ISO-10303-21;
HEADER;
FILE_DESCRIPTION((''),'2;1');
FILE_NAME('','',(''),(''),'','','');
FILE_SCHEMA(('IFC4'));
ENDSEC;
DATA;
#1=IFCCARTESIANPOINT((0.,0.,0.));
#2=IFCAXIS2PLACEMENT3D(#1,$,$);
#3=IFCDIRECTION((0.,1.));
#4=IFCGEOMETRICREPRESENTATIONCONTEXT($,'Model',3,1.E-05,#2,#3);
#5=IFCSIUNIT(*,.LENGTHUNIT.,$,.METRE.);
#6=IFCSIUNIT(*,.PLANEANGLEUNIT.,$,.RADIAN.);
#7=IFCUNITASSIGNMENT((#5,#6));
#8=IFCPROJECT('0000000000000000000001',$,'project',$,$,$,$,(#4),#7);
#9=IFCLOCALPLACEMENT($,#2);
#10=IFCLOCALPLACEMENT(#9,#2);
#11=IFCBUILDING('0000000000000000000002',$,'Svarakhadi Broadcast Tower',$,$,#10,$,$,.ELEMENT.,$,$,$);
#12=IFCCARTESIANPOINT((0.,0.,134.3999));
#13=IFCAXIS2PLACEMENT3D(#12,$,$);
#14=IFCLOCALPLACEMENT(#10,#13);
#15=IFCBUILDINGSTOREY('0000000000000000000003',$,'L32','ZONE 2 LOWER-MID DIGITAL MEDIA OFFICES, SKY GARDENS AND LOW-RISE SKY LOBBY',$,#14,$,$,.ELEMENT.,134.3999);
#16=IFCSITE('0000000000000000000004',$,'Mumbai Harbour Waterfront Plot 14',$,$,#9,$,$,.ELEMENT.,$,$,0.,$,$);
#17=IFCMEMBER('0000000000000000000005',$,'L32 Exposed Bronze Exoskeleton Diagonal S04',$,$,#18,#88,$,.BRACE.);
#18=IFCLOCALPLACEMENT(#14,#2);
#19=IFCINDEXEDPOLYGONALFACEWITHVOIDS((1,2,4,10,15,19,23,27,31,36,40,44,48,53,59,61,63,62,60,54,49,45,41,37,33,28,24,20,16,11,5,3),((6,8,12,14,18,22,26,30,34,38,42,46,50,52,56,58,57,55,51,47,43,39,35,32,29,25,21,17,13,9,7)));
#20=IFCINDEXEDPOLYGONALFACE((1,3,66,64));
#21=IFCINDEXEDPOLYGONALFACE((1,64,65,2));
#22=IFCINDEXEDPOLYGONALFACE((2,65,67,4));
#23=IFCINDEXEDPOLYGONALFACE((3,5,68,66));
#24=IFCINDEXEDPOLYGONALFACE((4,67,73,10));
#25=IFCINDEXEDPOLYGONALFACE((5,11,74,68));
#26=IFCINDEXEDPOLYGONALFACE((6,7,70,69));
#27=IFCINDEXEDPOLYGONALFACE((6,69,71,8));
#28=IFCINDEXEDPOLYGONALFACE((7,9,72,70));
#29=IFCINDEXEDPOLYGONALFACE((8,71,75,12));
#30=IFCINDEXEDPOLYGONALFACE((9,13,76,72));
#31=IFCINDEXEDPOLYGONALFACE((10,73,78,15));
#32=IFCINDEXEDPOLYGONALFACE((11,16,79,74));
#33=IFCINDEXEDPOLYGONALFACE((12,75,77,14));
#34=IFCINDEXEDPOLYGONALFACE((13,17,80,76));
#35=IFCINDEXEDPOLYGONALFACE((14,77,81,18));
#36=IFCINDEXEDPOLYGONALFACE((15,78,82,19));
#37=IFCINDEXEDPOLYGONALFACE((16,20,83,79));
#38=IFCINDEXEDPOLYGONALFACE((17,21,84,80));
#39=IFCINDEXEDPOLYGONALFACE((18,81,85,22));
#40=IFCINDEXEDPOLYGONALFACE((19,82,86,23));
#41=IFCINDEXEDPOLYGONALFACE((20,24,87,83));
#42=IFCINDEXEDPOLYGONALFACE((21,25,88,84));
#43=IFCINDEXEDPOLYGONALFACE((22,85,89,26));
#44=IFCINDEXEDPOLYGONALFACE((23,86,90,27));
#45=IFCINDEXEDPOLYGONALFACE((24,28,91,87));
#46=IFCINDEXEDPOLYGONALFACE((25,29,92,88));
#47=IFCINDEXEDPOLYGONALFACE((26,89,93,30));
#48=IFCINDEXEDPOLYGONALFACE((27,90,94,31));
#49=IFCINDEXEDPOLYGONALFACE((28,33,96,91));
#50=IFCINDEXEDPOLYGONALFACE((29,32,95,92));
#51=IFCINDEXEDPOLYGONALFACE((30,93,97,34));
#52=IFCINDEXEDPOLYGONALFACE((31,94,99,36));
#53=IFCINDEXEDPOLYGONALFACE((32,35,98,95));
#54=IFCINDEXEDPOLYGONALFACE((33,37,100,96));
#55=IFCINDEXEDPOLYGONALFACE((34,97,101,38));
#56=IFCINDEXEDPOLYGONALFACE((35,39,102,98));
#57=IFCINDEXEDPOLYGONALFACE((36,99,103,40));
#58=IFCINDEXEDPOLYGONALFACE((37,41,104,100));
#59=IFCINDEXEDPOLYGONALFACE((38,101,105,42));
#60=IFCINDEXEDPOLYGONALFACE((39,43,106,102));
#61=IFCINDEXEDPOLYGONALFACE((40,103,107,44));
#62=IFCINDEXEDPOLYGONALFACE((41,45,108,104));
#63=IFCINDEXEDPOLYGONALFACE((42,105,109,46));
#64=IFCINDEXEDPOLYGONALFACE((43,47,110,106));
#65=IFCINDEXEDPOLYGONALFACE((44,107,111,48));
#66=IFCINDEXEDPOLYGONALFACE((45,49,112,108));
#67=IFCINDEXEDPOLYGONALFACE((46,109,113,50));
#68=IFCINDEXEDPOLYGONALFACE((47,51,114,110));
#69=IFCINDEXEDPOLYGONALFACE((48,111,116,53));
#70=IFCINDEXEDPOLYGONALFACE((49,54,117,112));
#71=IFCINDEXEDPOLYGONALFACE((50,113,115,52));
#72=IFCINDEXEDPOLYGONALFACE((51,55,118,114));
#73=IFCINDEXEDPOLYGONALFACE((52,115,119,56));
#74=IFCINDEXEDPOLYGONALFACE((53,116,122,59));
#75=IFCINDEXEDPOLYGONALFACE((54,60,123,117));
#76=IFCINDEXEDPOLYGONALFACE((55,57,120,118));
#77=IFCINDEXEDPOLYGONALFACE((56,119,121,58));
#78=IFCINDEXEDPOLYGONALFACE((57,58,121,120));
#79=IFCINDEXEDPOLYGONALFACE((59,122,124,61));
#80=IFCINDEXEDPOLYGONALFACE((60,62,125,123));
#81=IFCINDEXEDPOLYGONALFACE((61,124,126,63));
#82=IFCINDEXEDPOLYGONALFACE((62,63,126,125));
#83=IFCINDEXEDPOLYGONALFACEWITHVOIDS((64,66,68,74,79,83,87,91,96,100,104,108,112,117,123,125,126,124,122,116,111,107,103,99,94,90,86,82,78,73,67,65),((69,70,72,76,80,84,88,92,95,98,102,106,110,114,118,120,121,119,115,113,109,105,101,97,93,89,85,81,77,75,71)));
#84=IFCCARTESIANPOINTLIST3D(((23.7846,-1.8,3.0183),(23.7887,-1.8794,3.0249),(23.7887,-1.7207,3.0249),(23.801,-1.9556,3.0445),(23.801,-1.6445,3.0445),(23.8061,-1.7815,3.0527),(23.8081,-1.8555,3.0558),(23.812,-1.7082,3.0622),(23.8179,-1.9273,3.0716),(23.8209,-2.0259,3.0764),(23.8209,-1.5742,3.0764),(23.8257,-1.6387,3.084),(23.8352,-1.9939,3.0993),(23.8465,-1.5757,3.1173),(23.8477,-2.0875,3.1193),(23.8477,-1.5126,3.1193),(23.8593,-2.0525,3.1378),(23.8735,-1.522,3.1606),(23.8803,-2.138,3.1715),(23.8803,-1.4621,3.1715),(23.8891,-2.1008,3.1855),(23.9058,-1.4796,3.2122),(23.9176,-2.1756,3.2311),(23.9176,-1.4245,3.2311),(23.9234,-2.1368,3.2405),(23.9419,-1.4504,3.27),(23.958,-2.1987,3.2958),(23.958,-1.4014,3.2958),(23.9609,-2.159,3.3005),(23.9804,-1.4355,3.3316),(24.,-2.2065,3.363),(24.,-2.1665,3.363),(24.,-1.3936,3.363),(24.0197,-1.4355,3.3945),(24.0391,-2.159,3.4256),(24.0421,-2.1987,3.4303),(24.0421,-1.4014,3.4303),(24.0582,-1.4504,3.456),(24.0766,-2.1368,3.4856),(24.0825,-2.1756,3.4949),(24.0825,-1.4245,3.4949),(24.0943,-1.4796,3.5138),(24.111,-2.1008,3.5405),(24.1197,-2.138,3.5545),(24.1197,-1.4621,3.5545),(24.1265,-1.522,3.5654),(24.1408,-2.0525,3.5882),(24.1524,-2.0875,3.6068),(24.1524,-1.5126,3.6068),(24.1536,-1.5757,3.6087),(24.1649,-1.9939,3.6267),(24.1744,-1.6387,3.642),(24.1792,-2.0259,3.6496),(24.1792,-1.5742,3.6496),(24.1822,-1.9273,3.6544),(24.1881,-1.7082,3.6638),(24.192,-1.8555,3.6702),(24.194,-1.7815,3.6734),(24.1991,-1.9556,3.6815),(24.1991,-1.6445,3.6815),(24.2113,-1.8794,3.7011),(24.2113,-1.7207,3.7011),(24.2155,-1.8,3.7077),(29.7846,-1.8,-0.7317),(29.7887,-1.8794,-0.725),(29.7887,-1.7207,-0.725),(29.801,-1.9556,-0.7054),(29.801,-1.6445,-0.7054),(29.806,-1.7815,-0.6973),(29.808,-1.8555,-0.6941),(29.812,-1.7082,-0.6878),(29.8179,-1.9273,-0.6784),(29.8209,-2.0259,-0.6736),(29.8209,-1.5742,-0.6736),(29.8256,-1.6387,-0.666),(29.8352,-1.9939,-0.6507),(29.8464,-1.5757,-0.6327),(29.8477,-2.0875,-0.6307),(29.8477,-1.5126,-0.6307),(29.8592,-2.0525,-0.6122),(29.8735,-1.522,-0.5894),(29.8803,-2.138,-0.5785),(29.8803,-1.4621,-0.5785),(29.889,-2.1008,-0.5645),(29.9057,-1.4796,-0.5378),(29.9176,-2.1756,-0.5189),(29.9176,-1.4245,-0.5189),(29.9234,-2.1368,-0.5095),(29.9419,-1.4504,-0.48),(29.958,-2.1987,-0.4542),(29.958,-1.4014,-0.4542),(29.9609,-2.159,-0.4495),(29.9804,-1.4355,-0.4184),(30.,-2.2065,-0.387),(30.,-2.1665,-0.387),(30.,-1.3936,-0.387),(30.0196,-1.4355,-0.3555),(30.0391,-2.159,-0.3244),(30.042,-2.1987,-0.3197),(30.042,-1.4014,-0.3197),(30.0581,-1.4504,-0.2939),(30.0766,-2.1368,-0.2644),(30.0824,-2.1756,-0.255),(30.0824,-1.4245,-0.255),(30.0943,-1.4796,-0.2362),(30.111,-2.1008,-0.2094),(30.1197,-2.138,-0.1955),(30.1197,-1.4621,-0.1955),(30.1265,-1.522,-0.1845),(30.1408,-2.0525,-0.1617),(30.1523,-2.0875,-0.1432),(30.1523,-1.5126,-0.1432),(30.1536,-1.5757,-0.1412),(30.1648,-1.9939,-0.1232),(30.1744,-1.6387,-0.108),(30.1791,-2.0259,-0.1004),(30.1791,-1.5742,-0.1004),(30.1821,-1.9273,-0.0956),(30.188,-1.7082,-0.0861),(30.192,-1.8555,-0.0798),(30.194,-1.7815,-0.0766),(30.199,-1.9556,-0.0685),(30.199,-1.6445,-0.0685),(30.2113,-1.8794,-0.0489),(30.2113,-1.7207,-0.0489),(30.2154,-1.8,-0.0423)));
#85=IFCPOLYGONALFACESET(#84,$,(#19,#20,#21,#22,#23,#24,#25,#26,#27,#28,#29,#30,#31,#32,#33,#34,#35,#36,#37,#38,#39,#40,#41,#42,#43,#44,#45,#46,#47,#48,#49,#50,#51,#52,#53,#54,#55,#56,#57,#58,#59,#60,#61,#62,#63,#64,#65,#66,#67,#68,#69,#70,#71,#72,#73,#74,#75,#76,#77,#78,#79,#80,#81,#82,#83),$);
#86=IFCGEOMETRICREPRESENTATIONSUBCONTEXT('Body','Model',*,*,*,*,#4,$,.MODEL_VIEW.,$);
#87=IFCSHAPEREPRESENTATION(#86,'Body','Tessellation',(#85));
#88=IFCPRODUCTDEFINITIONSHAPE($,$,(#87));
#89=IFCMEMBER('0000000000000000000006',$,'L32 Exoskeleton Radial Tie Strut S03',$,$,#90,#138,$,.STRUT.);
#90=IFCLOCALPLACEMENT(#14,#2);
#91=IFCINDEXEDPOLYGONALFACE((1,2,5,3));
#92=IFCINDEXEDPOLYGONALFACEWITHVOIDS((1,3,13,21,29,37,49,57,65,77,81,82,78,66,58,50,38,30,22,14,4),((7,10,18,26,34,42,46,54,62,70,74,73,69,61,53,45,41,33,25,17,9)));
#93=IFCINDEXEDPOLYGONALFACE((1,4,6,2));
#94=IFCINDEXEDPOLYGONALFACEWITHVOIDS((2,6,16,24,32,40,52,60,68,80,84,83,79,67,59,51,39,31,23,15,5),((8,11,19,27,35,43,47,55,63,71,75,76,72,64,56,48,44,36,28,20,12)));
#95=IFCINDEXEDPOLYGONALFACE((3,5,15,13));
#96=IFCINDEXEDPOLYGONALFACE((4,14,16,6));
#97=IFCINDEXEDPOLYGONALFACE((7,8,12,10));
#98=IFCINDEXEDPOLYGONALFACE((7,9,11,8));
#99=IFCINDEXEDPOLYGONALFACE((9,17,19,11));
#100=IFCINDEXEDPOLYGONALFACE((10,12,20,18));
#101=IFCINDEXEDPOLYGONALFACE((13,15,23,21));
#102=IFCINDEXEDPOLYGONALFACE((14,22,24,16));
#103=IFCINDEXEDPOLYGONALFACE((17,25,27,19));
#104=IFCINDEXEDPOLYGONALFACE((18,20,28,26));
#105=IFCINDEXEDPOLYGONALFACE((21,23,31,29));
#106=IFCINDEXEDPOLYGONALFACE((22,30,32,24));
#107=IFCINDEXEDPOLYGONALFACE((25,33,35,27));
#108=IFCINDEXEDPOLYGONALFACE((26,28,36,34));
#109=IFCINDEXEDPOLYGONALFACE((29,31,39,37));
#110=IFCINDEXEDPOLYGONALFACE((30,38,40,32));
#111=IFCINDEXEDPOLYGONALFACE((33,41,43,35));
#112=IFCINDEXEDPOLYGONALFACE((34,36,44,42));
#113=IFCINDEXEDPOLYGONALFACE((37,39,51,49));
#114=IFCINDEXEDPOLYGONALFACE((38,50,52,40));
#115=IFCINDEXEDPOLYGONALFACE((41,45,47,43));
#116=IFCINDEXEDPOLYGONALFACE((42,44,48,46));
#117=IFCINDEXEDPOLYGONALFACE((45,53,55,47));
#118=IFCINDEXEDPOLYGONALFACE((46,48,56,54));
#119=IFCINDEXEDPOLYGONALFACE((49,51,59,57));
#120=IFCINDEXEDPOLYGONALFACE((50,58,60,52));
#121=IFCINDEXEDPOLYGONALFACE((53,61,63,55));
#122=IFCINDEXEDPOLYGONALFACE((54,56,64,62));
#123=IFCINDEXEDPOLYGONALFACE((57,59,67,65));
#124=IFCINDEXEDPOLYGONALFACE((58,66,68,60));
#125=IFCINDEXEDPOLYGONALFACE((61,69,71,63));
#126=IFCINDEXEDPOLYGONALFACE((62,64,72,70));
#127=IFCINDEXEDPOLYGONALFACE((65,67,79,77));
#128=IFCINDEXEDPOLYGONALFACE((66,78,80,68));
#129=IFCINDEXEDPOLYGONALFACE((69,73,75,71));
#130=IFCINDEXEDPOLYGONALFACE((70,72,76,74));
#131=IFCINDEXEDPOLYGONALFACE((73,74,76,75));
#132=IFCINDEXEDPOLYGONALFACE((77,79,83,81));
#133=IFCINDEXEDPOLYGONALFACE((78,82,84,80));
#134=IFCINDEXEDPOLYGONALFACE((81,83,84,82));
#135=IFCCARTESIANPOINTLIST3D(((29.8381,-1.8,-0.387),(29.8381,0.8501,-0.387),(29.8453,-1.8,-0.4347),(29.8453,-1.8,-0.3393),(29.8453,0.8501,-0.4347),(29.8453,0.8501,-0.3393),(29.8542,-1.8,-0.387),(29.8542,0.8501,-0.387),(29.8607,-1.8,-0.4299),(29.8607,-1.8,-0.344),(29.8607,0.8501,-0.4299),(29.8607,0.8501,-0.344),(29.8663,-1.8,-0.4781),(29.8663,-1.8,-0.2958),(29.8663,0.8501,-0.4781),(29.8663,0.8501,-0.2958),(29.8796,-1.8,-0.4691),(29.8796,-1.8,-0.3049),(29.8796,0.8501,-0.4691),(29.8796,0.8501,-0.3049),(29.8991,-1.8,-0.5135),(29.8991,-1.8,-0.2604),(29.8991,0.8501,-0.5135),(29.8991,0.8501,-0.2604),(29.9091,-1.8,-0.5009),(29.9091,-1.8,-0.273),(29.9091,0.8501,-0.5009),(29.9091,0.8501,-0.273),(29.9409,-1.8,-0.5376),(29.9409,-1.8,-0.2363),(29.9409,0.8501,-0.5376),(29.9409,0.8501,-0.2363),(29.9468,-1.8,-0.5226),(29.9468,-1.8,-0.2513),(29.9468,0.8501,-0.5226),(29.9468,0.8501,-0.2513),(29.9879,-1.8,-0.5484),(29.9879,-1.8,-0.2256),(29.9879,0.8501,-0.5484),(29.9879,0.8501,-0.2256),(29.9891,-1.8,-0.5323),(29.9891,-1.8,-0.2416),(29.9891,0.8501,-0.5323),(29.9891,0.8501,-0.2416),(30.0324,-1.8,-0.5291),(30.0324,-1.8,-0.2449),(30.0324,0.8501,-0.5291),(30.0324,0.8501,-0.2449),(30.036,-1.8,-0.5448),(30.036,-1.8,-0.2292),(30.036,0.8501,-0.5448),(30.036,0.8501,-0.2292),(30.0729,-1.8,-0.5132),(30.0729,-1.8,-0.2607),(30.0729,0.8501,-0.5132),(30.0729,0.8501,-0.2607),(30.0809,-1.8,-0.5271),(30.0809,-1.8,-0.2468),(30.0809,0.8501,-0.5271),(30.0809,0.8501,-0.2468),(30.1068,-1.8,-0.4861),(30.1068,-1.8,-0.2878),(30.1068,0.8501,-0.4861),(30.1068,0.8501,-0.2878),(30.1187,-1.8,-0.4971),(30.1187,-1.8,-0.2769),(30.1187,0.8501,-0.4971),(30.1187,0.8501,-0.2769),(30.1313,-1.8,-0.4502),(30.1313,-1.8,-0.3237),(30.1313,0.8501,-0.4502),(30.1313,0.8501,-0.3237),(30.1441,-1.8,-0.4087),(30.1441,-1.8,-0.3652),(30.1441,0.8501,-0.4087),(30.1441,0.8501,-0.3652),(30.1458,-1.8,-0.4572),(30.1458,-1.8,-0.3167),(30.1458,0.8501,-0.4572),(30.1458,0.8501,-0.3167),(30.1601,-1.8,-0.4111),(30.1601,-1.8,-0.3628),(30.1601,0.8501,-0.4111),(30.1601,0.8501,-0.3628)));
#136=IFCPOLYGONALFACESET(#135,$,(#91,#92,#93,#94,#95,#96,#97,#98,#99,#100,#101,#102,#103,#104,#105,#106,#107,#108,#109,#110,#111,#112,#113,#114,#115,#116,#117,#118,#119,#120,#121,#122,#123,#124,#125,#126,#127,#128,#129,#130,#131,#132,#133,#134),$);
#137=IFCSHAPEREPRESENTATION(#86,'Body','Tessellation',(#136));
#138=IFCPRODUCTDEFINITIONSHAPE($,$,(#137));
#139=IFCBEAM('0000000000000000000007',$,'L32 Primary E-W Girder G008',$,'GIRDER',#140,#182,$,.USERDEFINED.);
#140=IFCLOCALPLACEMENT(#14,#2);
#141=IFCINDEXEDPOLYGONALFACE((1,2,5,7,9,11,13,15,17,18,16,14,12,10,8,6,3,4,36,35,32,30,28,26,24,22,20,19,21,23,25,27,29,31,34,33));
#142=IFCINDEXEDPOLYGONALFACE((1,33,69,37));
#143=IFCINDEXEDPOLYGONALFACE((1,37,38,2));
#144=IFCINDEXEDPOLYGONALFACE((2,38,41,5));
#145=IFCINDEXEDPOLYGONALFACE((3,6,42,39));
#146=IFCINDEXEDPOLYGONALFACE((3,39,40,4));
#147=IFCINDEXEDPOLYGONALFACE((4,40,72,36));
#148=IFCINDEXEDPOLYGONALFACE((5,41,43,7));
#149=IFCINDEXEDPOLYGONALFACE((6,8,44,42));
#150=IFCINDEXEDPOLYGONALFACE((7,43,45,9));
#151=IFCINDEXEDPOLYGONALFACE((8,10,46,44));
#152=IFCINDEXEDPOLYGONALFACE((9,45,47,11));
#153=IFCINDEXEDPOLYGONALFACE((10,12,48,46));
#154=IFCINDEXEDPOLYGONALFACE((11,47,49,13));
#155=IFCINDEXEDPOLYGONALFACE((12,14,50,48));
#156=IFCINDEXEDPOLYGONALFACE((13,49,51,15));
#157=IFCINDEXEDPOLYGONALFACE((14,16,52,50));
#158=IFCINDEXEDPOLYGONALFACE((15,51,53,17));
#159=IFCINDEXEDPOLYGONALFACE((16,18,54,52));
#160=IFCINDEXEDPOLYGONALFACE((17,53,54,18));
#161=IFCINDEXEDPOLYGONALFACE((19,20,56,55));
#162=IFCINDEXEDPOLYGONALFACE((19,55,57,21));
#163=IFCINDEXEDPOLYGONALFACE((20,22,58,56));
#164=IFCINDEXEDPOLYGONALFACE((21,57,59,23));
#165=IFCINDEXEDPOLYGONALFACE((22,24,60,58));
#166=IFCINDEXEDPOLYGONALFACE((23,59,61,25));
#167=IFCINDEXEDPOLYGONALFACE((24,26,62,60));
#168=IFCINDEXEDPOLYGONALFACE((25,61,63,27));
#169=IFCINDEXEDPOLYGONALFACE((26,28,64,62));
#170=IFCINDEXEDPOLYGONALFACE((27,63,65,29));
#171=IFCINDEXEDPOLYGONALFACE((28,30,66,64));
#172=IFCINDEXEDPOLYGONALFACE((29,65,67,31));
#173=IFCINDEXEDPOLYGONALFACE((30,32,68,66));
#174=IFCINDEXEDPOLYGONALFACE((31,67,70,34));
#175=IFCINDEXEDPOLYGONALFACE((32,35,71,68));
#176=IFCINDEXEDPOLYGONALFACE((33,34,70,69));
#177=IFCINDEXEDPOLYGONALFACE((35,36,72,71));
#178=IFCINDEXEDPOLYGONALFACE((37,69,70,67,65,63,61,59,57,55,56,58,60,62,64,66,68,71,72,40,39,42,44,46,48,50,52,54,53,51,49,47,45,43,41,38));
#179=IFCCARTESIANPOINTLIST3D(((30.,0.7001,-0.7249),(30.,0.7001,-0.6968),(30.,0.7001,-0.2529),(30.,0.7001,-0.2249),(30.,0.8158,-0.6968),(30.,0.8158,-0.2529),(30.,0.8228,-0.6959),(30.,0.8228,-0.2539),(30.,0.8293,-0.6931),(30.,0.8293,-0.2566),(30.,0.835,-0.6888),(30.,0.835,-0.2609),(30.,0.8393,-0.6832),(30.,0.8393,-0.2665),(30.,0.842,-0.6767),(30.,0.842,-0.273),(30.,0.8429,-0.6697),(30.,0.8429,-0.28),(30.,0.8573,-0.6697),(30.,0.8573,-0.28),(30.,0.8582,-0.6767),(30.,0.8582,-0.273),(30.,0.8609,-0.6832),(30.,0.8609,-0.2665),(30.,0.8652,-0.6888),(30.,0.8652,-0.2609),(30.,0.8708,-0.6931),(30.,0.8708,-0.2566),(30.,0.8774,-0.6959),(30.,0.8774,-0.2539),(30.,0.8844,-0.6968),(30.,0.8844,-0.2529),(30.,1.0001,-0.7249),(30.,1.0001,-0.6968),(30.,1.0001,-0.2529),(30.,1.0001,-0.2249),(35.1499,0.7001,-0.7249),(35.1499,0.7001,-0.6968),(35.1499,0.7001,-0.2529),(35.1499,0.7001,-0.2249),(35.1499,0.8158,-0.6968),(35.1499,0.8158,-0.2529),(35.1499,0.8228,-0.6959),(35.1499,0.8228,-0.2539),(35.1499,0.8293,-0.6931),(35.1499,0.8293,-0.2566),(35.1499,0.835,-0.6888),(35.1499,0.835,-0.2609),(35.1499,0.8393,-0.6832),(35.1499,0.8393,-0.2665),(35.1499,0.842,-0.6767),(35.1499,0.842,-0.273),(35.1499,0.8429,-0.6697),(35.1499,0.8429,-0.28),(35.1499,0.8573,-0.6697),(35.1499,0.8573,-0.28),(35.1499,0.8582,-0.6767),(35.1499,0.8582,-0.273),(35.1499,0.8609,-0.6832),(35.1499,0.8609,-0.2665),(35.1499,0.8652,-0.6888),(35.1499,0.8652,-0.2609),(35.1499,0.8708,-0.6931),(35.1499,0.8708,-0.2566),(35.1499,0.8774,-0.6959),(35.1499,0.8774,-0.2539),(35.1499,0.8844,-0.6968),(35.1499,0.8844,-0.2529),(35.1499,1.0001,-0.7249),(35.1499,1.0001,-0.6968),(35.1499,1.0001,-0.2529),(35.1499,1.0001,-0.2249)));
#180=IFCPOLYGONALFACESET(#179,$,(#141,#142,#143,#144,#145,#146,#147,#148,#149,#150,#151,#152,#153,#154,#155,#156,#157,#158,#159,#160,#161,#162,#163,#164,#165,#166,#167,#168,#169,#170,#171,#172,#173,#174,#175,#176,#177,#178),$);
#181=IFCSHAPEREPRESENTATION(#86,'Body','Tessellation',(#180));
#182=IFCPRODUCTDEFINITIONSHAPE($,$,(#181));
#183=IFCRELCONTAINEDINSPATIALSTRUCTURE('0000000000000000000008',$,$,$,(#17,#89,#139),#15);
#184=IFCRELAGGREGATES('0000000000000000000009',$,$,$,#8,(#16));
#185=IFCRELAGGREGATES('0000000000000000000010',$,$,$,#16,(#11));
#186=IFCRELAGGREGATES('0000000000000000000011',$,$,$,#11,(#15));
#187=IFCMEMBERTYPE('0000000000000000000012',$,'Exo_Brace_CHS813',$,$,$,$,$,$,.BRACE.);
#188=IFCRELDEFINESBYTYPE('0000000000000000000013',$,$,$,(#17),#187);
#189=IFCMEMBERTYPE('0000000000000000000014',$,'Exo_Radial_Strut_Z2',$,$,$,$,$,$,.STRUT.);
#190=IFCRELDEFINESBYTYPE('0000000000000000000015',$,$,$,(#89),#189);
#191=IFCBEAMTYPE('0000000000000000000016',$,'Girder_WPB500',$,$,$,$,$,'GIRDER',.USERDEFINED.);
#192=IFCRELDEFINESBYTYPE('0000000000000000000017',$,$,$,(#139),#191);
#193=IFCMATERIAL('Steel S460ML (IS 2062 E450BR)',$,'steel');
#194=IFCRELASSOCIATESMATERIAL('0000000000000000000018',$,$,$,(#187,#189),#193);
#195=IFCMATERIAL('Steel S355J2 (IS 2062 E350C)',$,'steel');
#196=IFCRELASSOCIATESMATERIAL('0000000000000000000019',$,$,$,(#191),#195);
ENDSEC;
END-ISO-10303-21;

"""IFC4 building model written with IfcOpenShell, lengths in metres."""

from ifc_helpers import new_model, si_unit, direction, frame, origin, origin_2d, place, context, subcontext, project, spatial, hollow_circle, i_section, extrude, material, material_profile, profile_set, type_object, element, save


model = new_model("IFC4")

# Units and contexts
model_context = context("Model", 3, precision=1e-05, world=origin(), true_north=direction((0.0, 1.0)))
body_context = subcontext(model_context, "Body", "Model", "MODEL_VIEW")
ifc_project = project(units=[si_unit("LENGTHUNIT", "METRE"), si_unit("PLANEANGLEUNIT", "RADIAN")], contexts=[model_context])

# Site, building, storey
site_placement = place(None, origin())
site = spatial("IfcSite", under=ifc_project, at=site_placement, Name="Mumbai Harbour Waterfront Plot 14", CompositionType="ELEMENT", RefElevation=0.0)
building_placement = place(site_placement, origin())
building = spatial("IfcBuilding", under=site, at=building_placement, Name="Svarakhadi Broadcast Tower", CompositionType="ELEMENT")
storey_placement = place(building_placement, frame((0.0, 0.0, 134.3999)))
storey = spatial("IfcBuildingStorey", under=building, at=storey_placement, Name="L32", Description="ZONE 2 LOWER-MID DIGITAL MEDIA OFFICES, SKY GARDENS AND LOW-RISE SKY LOBBY", CompositionType="ELEMENT", Elevation=134.3999)

# Members
ifc_material_1 = material(Name="Steel S460ML (IS 2062 E450BR)", Category="steel")
ifc_material_profile_1 = material_profile(ifc_material_1, hollow_circle(Radius=0.4065, WallThickness=0.04, at=origin_2d()), Name="CHS 813x40")
ifc_profile_set_1 = profile_set([ifc_material_profile_1], Name="Steel S460ML (IS 2062 E450BR)")
member_type_1 = type_object("IfcMemberType", Name="Exo_Brace_CHS813", PredefinedType="BRACE", material=ifc_profile_set_1)
member_1_placement = place(storey_placement, frame((30.0, -1.8, -0.387), z_axis=(-0.847998, 0.0, 0.529999), x_axis=(0.0, -1.0, 0.0)))
element("IfcMember", 1, at=member_1_placement, inside=storey, type_object=member_type_1, Name="L32 Exposed Bronze Exoskeleton Diagonal S04", PredefinedType="BRACE", context=body_context, shape_type="SweptSolid", body=[
    extrude(hollow_circle(Radius=0.4065, WallThickness=0.04, at=origin_2d()), origin(), (0.0, 0.0, 1.0), 7.0754),
])
ifc_material_profile_2 = material_profile(ifc_material_1, hollow_circle(Radius=0.1619, WallThickness=0.0161, at=origin_2d()), Name="CHS 323.9x16")
ifc_profile_set_2 = profile_set([ifc_material_profile_2], Name="Steel S460ML (IS 2062 E450BR)")
member_type_2 = type_object("IfcMemberType", Name="Exo_Radial_Strut_Z2", PredefinedType="STRUT", material=ifc_profile_set_2)
member_2_placement = place(storey_placement, frame((30.0, -1.8, -0.387), z_axis=(0.0, 1.0, 0.0), x_axis=(-1.0, 0.0, 0.0)))
element("IfcMember", 2, at=member_2_placement, inside=storey, type_object=member_type_2, Name="L32 Exoskeleton Radial Tie Strut S03", PredefinedType="STRUT", context=body_context, shape_type="SweptSolid", body=[
    extrude(hollow_circle(Radius=0.1619, WallThickness=0.0161, at=origin_2d()), origin(), (0.0, 0.0, 1.0), 2.6501),
])

# Beam
ifc_material_2 = material(Name="Steel S355J2 (IS 2062 E350C)", Category="steel")
ifc_material_profile_3 = material_profile(ifc_material_2, i_section(OverallWidth=0.3, OverallDepth=0.5, WebThickness=0.0144, FlangeThickness=0.0281, FilletRadius=0.0271, at=origin_2d()), Name="WPB 500x300x187")
ifc_profile_set_3 = profile_set([ifc_material_profile_3], Name="Steel S355J2 (IS 2062 E350C)")
beam_type_1 = type_object("IfcBeamType", Name="Girder_WPB500", ElementType="GIRDER", PredefinedType="USERDEFINED", material=ifc_profile_set_3)
beam_1_placement = place(storey_placement, frame((30.0, 0.8501, -0.4749), z_axis=(1.0, 0.0, 0.0), x_axis=(0.0, 1.0, 0.0)))
element("IfcBeam", 3, at=beam_1_placement, inside=storey, type_object=beam_type_1, Name="L32 Primary E-W Girder G008", ObjectType="GIRDER", PredefinedType="USERDEFINED", context=body_context, shape_type="SweptSolid", body=[
    extrude(i_section(OverallWidth=0.3, OverallDepth=0.5, WebThickness=0.0144, FlangeThickness=0.0281, FilletRadius=0.0271, at=origin_2d()), origin(), (0.0, 0.0, 1.0), 5.1499),
])

save(model, "model.ifc")
